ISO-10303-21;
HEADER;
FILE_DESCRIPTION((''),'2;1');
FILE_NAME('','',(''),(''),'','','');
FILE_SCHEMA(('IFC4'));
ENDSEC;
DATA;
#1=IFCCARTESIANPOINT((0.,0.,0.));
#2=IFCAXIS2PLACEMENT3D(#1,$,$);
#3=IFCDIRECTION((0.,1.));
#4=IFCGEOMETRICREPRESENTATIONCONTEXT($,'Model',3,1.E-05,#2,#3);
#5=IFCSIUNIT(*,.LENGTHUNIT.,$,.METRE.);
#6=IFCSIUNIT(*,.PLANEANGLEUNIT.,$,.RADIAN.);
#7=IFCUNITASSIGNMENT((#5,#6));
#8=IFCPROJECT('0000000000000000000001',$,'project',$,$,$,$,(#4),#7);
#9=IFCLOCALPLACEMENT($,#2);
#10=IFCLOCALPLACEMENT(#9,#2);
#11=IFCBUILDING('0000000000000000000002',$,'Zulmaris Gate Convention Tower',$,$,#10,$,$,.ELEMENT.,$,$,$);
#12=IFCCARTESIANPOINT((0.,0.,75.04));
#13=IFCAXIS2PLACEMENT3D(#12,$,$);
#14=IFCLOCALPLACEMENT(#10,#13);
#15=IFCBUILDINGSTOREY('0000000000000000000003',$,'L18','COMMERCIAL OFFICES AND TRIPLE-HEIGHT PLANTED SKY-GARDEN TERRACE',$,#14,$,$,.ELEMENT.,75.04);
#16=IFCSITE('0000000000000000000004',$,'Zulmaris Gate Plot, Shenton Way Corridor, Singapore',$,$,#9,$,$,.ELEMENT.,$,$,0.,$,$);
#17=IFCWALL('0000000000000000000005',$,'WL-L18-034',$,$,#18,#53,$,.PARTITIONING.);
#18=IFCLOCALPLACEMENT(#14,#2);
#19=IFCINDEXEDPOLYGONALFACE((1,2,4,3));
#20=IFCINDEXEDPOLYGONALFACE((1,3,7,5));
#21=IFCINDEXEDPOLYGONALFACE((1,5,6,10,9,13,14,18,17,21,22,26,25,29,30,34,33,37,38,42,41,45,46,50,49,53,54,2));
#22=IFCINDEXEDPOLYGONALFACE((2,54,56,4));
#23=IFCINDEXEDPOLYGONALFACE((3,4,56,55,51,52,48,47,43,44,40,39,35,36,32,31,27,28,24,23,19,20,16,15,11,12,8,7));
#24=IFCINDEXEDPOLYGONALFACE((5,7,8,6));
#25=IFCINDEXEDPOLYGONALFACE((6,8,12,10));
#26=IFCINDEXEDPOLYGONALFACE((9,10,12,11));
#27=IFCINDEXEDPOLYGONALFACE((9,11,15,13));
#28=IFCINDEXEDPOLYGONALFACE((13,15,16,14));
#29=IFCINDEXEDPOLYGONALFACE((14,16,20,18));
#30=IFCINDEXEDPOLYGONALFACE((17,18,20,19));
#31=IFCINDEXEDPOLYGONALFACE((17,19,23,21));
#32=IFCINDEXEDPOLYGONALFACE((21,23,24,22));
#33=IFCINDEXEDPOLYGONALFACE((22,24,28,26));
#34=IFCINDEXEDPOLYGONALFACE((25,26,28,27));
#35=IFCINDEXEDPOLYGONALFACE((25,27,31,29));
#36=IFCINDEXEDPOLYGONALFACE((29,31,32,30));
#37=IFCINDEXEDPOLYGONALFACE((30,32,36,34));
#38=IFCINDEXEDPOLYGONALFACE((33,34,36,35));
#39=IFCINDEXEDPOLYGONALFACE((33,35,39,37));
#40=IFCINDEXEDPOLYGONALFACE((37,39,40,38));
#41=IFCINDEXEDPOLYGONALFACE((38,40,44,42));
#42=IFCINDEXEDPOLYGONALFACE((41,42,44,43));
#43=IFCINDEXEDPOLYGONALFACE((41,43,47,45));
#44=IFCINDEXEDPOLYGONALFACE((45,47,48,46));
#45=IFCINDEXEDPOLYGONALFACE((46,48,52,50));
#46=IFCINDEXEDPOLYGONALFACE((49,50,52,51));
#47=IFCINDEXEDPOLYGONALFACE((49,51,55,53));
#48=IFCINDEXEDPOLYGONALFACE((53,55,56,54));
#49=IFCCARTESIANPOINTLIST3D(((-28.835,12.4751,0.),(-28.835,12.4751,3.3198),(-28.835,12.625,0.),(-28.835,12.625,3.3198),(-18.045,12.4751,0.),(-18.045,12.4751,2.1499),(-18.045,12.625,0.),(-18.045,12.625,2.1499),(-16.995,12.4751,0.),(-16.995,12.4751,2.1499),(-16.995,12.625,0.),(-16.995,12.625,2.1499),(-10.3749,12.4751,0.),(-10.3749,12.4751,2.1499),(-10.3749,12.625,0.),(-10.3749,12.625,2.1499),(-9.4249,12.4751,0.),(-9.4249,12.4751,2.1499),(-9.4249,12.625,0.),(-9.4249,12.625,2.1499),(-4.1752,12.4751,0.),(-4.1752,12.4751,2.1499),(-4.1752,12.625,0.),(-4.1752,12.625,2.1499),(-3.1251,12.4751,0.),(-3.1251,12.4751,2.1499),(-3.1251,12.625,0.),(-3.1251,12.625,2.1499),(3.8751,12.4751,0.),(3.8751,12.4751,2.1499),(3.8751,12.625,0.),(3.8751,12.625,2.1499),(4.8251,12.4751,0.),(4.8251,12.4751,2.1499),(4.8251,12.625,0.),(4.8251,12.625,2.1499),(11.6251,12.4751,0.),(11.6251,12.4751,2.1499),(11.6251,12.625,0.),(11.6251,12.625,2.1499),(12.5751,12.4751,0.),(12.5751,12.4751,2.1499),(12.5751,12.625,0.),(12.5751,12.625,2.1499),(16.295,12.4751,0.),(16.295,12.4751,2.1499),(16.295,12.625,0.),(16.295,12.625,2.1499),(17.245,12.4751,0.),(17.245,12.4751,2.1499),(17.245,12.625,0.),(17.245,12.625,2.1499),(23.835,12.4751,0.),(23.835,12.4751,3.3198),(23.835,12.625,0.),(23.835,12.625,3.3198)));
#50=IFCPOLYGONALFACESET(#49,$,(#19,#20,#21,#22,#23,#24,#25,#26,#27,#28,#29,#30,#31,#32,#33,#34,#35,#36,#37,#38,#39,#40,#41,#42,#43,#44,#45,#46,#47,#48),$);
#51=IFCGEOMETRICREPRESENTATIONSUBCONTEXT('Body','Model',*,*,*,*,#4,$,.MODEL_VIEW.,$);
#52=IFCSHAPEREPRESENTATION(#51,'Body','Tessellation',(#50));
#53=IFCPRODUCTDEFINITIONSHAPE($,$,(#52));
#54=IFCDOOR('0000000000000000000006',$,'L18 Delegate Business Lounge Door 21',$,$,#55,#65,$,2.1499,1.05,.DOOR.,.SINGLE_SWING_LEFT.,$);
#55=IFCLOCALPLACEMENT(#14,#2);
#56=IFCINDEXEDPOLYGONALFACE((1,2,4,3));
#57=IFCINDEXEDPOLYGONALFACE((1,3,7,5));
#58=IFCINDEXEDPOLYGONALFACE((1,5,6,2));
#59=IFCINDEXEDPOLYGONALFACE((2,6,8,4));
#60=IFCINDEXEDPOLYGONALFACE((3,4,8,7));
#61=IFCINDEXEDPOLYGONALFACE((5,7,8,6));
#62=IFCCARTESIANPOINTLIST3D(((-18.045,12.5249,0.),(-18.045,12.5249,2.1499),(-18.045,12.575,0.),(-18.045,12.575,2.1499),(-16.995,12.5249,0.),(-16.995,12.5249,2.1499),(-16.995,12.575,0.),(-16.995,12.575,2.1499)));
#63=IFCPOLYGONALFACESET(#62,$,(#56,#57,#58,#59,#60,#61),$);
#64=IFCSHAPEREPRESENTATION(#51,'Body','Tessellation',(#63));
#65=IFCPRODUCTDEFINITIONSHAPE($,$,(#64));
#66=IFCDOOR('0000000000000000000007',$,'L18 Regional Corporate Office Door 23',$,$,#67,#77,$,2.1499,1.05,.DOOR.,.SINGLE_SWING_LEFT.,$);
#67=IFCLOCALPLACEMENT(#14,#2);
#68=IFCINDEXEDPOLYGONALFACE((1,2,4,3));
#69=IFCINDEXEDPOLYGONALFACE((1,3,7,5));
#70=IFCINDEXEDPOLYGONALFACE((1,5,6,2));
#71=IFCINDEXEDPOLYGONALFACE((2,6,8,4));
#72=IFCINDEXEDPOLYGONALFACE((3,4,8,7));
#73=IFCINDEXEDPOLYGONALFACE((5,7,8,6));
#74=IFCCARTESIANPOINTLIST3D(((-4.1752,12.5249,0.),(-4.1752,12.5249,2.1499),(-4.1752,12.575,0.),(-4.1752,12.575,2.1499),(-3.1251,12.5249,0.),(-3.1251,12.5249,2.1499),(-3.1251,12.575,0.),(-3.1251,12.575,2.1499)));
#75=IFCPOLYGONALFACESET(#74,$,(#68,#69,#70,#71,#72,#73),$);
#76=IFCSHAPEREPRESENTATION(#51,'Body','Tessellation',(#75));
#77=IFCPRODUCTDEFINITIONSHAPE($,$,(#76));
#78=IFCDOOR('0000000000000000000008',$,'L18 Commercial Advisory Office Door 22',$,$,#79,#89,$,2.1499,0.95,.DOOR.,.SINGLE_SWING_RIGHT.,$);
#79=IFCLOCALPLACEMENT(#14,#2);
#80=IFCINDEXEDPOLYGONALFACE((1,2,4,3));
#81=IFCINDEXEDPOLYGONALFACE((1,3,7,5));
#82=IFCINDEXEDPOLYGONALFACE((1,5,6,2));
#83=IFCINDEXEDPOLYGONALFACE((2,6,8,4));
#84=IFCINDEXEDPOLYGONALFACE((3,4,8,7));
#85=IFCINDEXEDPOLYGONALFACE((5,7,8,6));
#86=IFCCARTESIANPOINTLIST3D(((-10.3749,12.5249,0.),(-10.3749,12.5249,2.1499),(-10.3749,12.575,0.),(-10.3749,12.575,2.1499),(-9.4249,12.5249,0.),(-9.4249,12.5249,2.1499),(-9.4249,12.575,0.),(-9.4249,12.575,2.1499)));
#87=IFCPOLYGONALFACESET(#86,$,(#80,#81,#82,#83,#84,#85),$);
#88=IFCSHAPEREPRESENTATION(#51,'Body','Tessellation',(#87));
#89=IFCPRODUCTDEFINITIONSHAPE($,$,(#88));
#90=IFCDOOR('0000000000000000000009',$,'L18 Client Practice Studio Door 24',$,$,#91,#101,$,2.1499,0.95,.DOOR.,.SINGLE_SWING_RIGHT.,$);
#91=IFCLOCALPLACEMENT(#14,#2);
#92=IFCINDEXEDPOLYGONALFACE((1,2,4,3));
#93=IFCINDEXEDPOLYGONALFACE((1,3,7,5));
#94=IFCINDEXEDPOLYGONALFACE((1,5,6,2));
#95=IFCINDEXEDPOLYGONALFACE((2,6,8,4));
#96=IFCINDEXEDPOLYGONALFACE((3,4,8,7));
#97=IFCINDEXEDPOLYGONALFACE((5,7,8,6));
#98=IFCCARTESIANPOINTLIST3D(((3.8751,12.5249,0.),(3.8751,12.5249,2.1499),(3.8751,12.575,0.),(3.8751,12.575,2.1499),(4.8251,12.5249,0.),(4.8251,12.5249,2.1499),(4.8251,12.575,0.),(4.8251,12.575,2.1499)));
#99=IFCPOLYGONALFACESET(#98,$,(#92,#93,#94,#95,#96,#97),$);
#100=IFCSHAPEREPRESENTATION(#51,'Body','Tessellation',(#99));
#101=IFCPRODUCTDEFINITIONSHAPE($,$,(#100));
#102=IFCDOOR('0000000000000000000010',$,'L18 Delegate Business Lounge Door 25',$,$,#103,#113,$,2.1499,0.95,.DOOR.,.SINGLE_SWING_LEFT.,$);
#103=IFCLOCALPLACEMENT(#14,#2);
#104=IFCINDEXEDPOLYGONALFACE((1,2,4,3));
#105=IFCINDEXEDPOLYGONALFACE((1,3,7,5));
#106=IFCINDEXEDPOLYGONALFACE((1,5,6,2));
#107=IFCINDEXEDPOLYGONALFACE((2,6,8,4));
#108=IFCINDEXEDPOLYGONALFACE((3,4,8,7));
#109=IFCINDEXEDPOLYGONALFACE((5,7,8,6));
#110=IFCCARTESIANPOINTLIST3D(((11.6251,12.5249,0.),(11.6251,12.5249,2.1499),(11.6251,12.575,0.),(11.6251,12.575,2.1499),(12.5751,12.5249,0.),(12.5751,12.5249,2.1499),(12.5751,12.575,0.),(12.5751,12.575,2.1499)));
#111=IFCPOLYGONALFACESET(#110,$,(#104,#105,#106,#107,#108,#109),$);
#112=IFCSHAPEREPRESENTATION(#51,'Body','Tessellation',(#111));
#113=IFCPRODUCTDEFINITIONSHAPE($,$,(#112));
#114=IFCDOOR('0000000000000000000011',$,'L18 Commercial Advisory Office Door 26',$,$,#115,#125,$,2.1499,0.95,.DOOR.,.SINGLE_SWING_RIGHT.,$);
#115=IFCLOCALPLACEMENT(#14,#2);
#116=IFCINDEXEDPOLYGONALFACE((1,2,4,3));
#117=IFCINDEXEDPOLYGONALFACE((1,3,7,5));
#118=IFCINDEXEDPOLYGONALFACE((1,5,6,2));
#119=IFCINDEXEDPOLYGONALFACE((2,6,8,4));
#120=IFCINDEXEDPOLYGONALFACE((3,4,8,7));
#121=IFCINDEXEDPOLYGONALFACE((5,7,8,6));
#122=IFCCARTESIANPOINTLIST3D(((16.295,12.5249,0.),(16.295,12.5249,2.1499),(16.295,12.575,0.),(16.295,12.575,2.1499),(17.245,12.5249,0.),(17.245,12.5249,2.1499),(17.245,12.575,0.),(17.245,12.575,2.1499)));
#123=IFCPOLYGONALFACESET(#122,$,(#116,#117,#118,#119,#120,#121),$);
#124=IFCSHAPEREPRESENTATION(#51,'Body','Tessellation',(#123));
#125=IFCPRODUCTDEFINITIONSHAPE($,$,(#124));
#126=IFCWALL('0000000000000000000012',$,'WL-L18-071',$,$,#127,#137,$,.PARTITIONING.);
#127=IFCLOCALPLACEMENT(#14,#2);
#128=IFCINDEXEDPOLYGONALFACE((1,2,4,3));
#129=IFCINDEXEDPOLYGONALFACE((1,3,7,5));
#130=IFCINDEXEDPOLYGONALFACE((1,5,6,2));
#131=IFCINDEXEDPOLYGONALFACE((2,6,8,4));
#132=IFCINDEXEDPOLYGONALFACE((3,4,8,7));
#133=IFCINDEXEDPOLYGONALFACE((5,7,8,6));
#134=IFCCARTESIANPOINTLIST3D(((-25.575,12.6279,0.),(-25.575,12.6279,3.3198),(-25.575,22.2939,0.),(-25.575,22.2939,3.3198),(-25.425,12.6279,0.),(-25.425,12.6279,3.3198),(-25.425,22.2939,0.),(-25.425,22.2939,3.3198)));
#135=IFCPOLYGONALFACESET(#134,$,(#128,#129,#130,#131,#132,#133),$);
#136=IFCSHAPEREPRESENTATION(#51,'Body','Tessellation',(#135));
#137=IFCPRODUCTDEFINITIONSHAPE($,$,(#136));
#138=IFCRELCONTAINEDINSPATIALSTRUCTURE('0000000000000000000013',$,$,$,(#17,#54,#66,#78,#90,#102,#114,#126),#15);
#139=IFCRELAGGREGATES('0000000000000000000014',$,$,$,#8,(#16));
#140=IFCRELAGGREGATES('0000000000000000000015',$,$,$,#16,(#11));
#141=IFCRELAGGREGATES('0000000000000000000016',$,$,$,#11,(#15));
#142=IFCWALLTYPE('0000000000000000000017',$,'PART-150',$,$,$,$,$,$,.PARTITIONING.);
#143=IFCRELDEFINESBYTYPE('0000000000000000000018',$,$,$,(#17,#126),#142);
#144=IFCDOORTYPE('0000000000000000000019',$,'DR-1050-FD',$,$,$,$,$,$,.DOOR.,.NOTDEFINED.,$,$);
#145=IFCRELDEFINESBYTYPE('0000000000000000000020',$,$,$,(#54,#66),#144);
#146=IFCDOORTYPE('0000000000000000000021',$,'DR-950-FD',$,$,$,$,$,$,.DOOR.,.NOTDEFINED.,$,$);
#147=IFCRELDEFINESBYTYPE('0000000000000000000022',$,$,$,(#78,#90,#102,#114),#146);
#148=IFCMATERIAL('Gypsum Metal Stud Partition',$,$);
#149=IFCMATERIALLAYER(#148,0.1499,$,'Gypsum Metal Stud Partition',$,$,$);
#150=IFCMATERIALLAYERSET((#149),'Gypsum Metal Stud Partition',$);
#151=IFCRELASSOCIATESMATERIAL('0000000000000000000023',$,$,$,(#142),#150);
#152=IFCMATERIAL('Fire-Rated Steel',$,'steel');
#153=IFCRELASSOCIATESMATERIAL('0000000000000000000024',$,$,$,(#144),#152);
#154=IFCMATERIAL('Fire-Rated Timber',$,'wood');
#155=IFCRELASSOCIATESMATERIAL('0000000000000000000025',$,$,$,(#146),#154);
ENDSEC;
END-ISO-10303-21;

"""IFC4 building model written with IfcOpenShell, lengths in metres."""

from ifc_helpers import new_model, si_unit, direction, frame, frame_2d, origin, place, context, subcontext, project, spatial, rectangle, extrude, material, layer, layer_set, type_object, element, fill, save


model = new_model("IFC4")

# Units and contexts
model_context = context("Model", 3, precision=1e-05, world=origin(), true_north=direction((0.0, 1.0)))
body_context = subcontext(model_context, "Body", "Model", "MODEL_VIEW")
ifc_project = project(units=[si_unit("LENGTHUNIT", "METRE"), si_unit("PLANEANGLEUNIT", "RADIAN")], contexts=[model_context])

# Site, building, storey
site_placement = place(None, origin())
site = spatial("IfcSite", under=ifc_project, at=site_placement, Name="Zulmaris Gate Plot, Shenton Way Corridor, Singapore", CompositionType="ELEMENT", RefElevation=0.0)
building_placement = place(site_placement, origin())
building = spatial("IfcBuilding", under=site, at=building_placement, Name="Zulmaris Gate Convention Tower", CompositionType="ELEMENT")
storey_placement = place(building_placement, frame((0.0, 0.0, 75.04)))
storey = spatial("IfcBuildingStorey", under=building, at=storey_placement, Name="L18", Description="COMMERCIAL OFFICES AND TRIPLE-HEIGHT PLANTED SKY-GARDEN TERRACE", CompositionType="ELEMENT", Elevation=75.04)

# Wall, openings, doors
ifc_material_1 = material(Name="Gypsum Metal Stud Partition")
ifc_layer_1 = layer(ifc_material_1, 0.1499, Name="Gypsum Metal Stud Partition")
ifc_layer_set_1 = layer_set([ifc_layer_1], Name="Gypsum Metal Stud Partition")
wall_type_1 = type_object("IfcWallType", Name="PART-150", PredefinedType="PARTITIONING", material=ifc_layer_set_1)
wall_1_placement = place(storey_placement, frame((-28.835, 12.55, 0.0), z_axis=(0.0, 0.0, 1.0), x_axis=(1.0, 0.0, 0.0)))
wall_1 = element("IfcWall", 1, at=wall_1_placement, inside=storey, type_object=wall_type_1, Name="WL-L18-034", PredefinedType="PARTITIONING", context=body_context, shape_type="SweptSolid", body=[
    extrude(rectangle(XDim=52.6699, YDim=0.1499, at=frame_2d((26.335, 0.0))), origin(), (0.0, 0.0, 1.0), 3.3198),
])
opening_1_placement = place(wall_1_placement, frame((10.79, 0.0, 0.0)))
opening_1 = element("IfcOpeningElement", 2, at=opening_1_placement, cuts=wall_1, PredefinedType="OPENING", context=body_context, shape_type="SweptSolid", body=[
    extrude(rectangle(XDim=1.05, YDim=2.1499, at=frame_2d((0.5249, 1.075))), frame((0.0, 0.085, 0.0), z_axis=(0.0, -1.0, 0.0), x_axis=(1.0, 0.0, 0.0)), (0.0, 0.0, 1.0), 0.1699),
])
opening_2_placement = place(wall_1_placement, frame((18.46, 0.0, 0.0)))
opening_2 = element("IfcOpeningElement", 3, at=opening_2_placement, cuts=wall_1, PredefinedType="OPENING", context=body_context, shape_type="SweptSolid", body=[
    extrude(rectangle(XDim=0.95, YDim=2.1499, at=frame_2d((0.4751, 1.075))), frame((0.0, 0.085, 0.0), z_axis=(0.0, -1.0, 0.0), x_axis=(1.0, 0.0, 0.0)), (0.0, 0.0, 1.0), 0.1699),
])
opening_3_placement = place(wall_1_placement, frame((24.6599, 0.0, 0.0)))
opening_3 = element("IfcOpeningElement", 4, at=opening_3_placement, cuts=wall_1, PredefinedType="OPENING", context=body_context, shape_type="SweptSolid", body=[
    extrude(rectangle(XDim=1.05, YDim=2.1499, at=frame_2d((0.5249, 1.075))), frame((0.0, 0.085, 0.0), z_axis=(0.0, -1.0, 0.0), x_axis=(1.0, 0.0, 0.0)), (0.0, 0.0, 1.0), 0.1699),
])
opening_4_placement = place(wall_1_placement, frame((32.71, 0.0, 0.0)))
opening_4 = element("IfcOpeningElement", 5, at=opening_4_placement, cuts=wall_1, PredefinedType="OPENING", context=body_context, shape_type="SweptSolid", body=[
    extrude(rectangle(XDim=0.95, YDim=2.1499, at=frame_2d((0.4751, 1.075))), frame((0.0, 0.085, 0.0), z_axis=(0.0, -1.0, 0.0), x_axis=(1.0, 0.0, 0.0)), (0.0, 0.0, 1.0), 0.1699),
])
opening_5_placement = place(wall_1_placement, frame((40.46, 0.0, 0.0)))
opening_5 = element("IfcOpeningElement", 6, at=opening_5_placement, cuts=wall_1, PredefinedType="OPENING", context=body_context, shape_type="SweptSolid", body=[
    extrude(rectangle(XDim=0.95, YDim=2.1499, at=frame_2d((0.4751, 1.075))), frame((0.0, 0.085, 0.0), z_axis=(0.0, -1.0, 0.0), x_axis=(1.0, 0.0, 0.0)), (0.0, 0.0, 1.0), 0.1699),
])
opening_6_placement = place(wall_1_placement, frame((45.1299, 0.0, 0.0)))
opening_6 = element("IfcOpeningElement", 7, at=opening_6_placement, cuts=wall_1, PredefinedType="OPENING", context=body_context, shape_type="SweptSolid", body=[
    extrude(rectangle(XDim=0.95, YDim=2.1499, at=frame_2d((0.4751, 1.075))), frame((0.0, 0.085, 0.0), z_axis=(0.0, -1.0, 0.0), x_axis=(1.0, 0.0, 0.0)), (0.0, 0.0, 1.0), 0.1699),
])
ifc_material_2 = material(Name="Fire-Rated Steel", Category="steel")
door_type_1 = type_object("IfcDoorType", Name="DR-1050-FD", OperationType="NOTDEFINED", PredefinedType="DOOR", material=ifc_material_2)
door_1_placement = place(opening_1_placement, origin())
door_1 = element("IfcDoor", 8, at=door_1_placement, inside=storey, type_object=door_type_1, Name="L18 Delegate Business Lounge Door 21", OperationType="SINGLE_SWING_LEFT", OverallHeight=2.1499, OverallWidth=1.05, PredefinedType="DOOR", context=body_context, shape_type="SweptSolid", body=[
    extrude(rectangle(XDim=1.05, YDim=2.1499, at=frame_2d((0.5249, 1.075))), frame((0.0, 0.0249, 0.0), z_axis=(0.0, -1.0, 0.0), x_axis=(1.0, 0.0, 0.0)), (0.0, 0.0, 1.0), 0.05),
])
fill(opening_1, door_1)
door_2_placement = place(opening_3_placement, origin())
door_2 = element("IfcDoor", 9, at=door_2_placement, inside=storey, type_object=door_type_1, Name="L18 Regional Corporate Office Door 23", OperationType="SINGLE_SWING_LEFT", OverallHeight=2.1499, OverallWidth=1.05, PredefinedType="DOOR", context=body_context, shape_type="SweptSolid", body=[
    extrude(rectangle(XDim=1.05, YDim=2.1499, at=frame_2d((0.5249, 1.075))), frame((0.0, 0.0249, 0.0), z_axis=(0.0, -1.0, 0.0), x_axis=(1.0, 0.0, 0.0)), (0.0, 0.0, 1.0), 0.05),
])
fill(opening_3, door_2)
ifc_material_3 = material(Name="Fire-Rated Timber", Category="wood")
door_type_2 = type_object("IfcDoorType", Name="DR-950-FD", OperationType="NOTDEFINED", PredefinedType="DOOR", material=ifc_material_3)
door_3_placement = place(opening_2_placement, origin())
door_3 = element("IfcDoor", 10, at=door_3_placement, inside=storey, type_object=door_type_2, Name="L18 Commercial Advisory Office Door 22", OperationType="SINGLE_SWING_RIGHT", OverallHeight=2.1499, OverallWidth=0.95, PredefinedType="DOOR", context=body_context, shape_type="SweptSolid", body=[
    extrude(rectangle(XDim=0.95, YDim=2.1499, at=frame_2d((0.4751, 1.075))), frame((0.0, 0.0249, 0.0), z_axis=(0.0, -1.0, 0.0), x_axis=(1.0, 0.0, 0.0)), (0.0, 0.0, 1.0), 0.05),
])
fill(opening_2, door_3)
door_4_placement = place(opening_4_placement, origin())
door_4 = element("IfcDoor", 11, at=door_4_placement, inside=storey, type_object=door_type_2, Name="L18 Client Practice Studio Door 24", OperationType="SINGLE_SWING_RIGHT", OverallHeight=2.1499, OverallWidth=0.95, PredefinedType="DOOR", context=body_context, shape_type="SweptSolid", body=[
    extrude(rectangle(XDim=0.95, YDim=2.1499, at=frame_2d((0.4751, 1.075))), frame((0.0, 0.0249, 0.0), z_axis=(0.0, -1.0, 0.0), x_axis=(1.0, 0.0, 0.0)), (0.0, 0.0, 1.0), 0.05),
])
fill(opening_4, door_4)
door_5_placement = place(opening_5_placement, origin())
door_5 = element("IfcDoor", 12, at=door_5_placement, inside=storey, type_object=door_type_2, Name="L18 Delegate Business Lounge Door 25", OperationType="SINGLE_SWING_LEFT", OverallHeight=2.1499, OverallWidth=0.95, PredefinedType="DOOR", context=body_context, shape_type="SweptSolid", body=[
    extrude(rectangle(XDim=0.95, YDim=2.1499, at=frame_2d((0.4751, 1.075))), frame((0.0, 0.0249, 0.0), z_axis=(0.0, -1.0, 0.0), x_axis=(1.0, 0.0, 0.0)), (0.0, 0.0, 1.0), 0.05),
])
fill(opening_5, door_5)
door_6_placement = place(opening_6_placement, origin())
door_6 = element("IfcDoor", 13, at=door_6_placement, inside=storey, type_object=door_type_2, Name="L18 Commercial Advisory Office Door 26", OperationType="SINGLE_SWING_RIGHT", OverallHeight=2.1499, OverallWidth=0.95, PredefinedType="DOOR", context=body_context, shape_type="SweptSolid", body=[
    extrude(rectangle(XDim=0.95, YDim=2.1499, at=frame_2d((0.4751, 1.075))), frame((0.0, 0.0249, 0.0), z_axis=(0.0, -1.0, 0.0), x_axis=(1.0, 0.0, 0.0)), (0.0, 0.0, 1.0), 0.05),
])
fill(opening_6, door_6)

# Wall
wall_2_placement = place(storey_placement, frame((-25.5, 12.6279, 0.0), z_axis=(0.0, 0.0, 1.0), x_axis=(0.0, 1.0, 0.0)))
element("IfcWall", 14, at=wall_2_placement, inside=storey, type_object=wall_type_1, Name="WL-L18-071", PredefinedType="PARTITIONING", context=body_context, shape_type="SweptSolid", body=[
    extrude(rectangle(XDim=9.666, YDim=0.1499, at=frame_2d((4.833, 0.0))), origin(), (0.0, 0.0, 1.0), 3.3198),
])

save(model, "model.ifc")
